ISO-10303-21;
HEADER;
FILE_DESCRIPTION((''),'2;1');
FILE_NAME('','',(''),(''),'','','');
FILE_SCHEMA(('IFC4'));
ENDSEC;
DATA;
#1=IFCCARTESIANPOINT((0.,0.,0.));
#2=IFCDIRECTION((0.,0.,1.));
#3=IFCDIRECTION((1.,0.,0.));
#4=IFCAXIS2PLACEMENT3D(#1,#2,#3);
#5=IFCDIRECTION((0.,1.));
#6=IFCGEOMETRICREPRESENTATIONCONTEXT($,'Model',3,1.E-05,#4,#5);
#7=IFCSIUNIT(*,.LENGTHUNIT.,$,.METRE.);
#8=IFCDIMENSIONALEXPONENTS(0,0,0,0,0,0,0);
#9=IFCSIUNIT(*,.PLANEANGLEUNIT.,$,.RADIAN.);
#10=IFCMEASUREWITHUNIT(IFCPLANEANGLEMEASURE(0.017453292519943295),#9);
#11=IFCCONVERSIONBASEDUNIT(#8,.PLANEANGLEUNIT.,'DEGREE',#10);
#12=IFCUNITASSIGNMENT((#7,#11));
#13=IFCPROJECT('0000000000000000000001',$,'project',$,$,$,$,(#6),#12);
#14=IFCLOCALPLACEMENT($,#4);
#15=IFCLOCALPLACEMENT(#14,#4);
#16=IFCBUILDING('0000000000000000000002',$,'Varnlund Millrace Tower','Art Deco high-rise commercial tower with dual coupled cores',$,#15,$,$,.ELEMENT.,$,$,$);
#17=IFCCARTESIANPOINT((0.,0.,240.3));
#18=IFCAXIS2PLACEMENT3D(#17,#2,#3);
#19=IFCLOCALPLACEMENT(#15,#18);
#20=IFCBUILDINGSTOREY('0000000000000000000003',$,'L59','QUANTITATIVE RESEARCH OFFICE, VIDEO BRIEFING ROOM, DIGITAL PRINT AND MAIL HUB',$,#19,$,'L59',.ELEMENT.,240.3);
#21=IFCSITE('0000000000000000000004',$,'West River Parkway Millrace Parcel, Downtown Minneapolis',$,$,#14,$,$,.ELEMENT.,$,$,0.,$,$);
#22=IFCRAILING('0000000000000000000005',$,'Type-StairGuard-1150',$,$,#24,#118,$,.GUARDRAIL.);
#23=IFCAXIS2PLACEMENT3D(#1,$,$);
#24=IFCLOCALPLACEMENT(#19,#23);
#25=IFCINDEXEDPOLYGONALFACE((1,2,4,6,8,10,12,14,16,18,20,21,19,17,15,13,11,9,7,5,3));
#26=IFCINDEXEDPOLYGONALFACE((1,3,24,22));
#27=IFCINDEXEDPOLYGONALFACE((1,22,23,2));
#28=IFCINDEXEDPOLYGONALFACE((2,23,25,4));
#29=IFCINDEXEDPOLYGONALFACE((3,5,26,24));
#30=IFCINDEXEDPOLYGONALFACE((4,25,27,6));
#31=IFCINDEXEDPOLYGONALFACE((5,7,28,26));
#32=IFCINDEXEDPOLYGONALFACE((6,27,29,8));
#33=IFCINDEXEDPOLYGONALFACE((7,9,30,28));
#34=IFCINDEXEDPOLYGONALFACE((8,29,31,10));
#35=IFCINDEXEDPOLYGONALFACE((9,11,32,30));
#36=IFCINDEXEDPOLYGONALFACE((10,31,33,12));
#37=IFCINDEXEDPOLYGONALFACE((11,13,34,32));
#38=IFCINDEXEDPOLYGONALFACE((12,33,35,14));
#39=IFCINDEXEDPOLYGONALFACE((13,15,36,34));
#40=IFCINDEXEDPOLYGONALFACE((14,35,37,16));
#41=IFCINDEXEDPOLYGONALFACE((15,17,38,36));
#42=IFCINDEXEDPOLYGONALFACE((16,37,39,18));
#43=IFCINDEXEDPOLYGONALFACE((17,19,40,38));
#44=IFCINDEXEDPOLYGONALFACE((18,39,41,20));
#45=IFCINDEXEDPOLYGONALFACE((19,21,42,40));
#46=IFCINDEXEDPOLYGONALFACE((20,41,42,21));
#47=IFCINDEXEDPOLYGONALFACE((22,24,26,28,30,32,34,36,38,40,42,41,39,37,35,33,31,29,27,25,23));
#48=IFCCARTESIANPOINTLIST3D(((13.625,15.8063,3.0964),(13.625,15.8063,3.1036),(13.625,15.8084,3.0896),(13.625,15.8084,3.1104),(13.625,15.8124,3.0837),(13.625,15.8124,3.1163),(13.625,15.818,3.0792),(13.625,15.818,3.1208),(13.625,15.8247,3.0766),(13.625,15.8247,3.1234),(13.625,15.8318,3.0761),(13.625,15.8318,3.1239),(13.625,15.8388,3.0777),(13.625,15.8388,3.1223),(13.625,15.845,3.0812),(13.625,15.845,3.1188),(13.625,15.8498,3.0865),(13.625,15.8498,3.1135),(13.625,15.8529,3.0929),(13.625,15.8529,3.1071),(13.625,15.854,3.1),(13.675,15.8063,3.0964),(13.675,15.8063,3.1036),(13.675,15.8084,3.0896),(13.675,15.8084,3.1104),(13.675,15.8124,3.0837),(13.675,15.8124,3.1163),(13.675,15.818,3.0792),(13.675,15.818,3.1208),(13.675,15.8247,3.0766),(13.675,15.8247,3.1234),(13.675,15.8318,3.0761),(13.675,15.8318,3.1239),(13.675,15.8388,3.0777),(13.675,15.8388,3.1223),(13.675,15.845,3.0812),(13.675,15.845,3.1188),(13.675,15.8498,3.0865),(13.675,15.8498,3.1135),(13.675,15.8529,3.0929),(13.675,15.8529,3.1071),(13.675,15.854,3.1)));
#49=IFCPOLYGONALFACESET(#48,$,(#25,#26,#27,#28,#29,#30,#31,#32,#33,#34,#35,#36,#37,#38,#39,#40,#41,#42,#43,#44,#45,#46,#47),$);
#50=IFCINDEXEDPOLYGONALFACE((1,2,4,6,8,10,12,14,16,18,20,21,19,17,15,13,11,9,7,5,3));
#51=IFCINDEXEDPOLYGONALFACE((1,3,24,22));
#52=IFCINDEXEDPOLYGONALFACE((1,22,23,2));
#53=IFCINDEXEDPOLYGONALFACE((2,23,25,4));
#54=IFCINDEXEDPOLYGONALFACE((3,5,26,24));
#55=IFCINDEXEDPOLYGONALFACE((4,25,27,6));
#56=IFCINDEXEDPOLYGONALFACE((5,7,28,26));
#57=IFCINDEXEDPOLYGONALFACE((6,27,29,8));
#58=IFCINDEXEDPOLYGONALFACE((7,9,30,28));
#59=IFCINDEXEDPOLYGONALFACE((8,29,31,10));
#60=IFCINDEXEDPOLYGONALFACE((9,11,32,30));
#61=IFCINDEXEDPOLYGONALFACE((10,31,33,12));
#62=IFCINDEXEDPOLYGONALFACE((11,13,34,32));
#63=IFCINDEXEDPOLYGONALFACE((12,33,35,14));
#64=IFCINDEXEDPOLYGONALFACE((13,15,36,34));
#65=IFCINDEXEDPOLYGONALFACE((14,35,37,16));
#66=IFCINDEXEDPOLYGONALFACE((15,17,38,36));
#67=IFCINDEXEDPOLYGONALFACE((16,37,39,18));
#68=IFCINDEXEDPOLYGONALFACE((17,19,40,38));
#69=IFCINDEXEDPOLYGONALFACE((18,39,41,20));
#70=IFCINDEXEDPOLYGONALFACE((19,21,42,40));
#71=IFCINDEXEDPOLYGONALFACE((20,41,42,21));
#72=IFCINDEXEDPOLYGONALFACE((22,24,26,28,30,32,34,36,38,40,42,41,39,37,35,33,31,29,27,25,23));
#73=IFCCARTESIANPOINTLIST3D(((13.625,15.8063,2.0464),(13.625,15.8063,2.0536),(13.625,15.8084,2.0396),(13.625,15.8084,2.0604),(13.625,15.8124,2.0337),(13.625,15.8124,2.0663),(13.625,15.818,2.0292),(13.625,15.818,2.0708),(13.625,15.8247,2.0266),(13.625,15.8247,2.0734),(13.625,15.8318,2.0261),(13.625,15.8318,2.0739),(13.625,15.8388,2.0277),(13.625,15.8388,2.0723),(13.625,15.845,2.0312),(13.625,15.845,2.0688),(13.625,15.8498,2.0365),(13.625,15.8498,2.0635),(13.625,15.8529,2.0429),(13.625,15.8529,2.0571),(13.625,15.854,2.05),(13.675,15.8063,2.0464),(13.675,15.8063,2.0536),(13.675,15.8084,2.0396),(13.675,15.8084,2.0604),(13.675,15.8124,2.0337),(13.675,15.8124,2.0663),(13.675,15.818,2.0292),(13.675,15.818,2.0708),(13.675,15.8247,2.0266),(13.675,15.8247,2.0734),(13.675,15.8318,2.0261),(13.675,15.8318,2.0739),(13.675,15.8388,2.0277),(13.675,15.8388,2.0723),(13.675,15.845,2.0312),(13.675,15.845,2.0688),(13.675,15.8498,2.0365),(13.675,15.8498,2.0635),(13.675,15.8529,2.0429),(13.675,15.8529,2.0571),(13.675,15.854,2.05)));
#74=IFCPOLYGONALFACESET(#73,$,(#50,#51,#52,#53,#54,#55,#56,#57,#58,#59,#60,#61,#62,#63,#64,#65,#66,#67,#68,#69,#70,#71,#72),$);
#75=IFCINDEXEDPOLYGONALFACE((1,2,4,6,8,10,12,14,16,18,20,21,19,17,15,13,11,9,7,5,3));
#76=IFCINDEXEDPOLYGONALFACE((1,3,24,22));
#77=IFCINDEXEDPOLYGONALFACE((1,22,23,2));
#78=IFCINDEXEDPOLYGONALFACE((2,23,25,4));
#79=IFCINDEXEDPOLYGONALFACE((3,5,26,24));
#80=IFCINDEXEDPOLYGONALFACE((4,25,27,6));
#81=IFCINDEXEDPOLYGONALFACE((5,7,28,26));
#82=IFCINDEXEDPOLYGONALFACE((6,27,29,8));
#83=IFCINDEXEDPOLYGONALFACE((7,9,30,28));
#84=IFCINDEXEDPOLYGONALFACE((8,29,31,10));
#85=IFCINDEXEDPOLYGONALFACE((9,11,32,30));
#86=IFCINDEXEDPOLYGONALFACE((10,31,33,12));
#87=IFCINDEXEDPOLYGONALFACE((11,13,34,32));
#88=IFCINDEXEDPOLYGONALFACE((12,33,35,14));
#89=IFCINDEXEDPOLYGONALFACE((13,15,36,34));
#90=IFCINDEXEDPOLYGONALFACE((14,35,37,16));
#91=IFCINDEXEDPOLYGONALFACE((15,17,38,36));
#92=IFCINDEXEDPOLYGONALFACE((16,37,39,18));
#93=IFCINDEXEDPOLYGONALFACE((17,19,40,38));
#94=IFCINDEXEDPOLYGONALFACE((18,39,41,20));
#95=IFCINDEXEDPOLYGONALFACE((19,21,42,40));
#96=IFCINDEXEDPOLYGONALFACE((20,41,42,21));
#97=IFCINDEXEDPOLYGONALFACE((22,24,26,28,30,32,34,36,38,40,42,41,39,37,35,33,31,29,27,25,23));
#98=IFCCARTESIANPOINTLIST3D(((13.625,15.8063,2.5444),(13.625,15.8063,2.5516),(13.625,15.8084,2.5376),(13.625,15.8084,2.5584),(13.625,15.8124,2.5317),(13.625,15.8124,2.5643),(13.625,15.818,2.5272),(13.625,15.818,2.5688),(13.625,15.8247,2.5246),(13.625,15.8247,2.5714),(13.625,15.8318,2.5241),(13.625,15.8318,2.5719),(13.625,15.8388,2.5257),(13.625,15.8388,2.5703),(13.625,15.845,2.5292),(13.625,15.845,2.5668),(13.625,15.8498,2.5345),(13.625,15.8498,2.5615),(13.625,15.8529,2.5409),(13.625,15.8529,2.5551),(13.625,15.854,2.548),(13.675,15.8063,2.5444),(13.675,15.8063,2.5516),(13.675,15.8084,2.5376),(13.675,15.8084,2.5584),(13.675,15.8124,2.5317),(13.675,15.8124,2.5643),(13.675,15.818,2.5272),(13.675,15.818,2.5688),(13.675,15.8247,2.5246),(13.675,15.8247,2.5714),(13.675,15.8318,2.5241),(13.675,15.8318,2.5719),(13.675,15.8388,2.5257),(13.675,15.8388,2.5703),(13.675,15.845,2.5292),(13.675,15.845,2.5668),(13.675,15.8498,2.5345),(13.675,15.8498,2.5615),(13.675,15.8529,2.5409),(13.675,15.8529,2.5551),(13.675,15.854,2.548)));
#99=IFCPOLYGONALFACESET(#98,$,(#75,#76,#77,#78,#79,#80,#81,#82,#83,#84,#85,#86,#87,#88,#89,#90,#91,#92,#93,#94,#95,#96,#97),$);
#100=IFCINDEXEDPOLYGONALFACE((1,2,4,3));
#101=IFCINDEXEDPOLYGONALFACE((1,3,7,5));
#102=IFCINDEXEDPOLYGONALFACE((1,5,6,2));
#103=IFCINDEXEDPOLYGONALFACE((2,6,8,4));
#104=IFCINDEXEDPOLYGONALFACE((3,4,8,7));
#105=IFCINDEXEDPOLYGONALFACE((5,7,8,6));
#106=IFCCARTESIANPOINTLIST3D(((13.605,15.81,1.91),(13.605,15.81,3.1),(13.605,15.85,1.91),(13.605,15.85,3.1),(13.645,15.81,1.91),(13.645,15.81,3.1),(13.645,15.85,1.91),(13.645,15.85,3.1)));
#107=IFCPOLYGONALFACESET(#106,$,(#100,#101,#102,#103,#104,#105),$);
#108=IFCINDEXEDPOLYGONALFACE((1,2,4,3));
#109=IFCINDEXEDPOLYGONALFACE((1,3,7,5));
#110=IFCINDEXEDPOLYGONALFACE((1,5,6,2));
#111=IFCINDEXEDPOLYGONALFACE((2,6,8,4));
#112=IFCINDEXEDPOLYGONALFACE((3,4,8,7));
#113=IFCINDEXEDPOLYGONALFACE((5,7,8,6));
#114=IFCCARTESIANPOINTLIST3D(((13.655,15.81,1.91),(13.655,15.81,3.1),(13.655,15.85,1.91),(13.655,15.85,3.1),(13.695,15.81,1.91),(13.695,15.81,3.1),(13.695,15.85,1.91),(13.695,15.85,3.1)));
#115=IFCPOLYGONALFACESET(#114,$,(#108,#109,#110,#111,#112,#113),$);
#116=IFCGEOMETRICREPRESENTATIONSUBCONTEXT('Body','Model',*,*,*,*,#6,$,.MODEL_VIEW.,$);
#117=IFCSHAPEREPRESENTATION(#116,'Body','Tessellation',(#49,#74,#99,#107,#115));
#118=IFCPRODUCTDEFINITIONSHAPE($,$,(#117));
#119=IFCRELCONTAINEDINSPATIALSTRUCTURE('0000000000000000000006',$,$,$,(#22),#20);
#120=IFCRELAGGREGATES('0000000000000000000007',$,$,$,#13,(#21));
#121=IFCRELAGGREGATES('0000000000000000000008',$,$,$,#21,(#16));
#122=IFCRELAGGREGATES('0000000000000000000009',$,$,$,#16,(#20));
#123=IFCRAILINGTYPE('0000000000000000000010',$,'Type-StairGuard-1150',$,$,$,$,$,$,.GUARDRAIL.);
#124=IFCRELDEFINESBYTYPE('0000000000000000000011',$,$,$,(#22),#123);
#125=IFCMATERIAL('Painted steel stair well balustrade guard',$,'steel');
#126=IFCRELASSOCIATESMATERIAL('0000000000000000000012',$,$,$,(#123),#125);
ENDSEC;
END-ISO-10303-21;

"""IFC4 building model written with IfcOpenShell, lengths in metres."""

from ifc_helpers import new_model, entity, si_unit, converted_unit, direction, frame, origin_with_axes, origin_2d_with_axis, place, context, subcontext, project, spatial, rectangle, circle, extrude, material, type_object, element, save


model = new_model("IFC4")

# Units and contexts
model_context = context("Model", 3, precision=1e-05, world=origin_with_axes(), true_north=direction((0.0, 1.0)))
body_context = subcontext(model_context, "Body", "Model", "MODEL_VIEW")
ifc_project = project(units=[si_unit("LENGTHUNIT", "METRE"), converted_unit("PLANEANGLEUNIT", "DEGREE", entity("IfcPlaneAngleMeasure", 0.017453292519943295), si_unit("PLANEANGLEUNIT", "RADIAN"), dimensions=[0, 0, 0, 0, 0, 0, 0])], contexts=[model_context])

# Site, building, storey
site_placement = place(None, origin_with_axes())
site = spatial("IfcSite", under=ifc_project, at=site_placement, Name="West River Parkway Millrace Parcel, Downtown Minneapolis", CompositionType="ELEMENT", RefElevation=0.0)
building_placement = place(site_placement, origin_with_axes())
building = spatial("IfcBuilding", under=site, at=building_placement, Name="Varnlund Millrace Tower", Description="Art Deco high-rise commercial tower with dual coupled cores", CompositionType="ELEMENT")
storey_placement = place(building_placement, frame((0.0, 0.0, 240.3), z_axis=(0.0, 0.0, 1.0), x_axis=(1.0, 0.0, 0.0)))
storey = spatial("IfcBuildingStorey", under=building, at=storey_placement, Name="L59", Description="QUANTITATIVE RESEARCH OFFICE, VIDEO BRIEFING ROOM, DIGITAL PRINT AND MAIL HUB", LongName="L59", CompositionType="ELEMENT", Elevation=240.3)

# Railing
ifc_material_1 = material(Name="Painted steel stair well balustrade guard", Category="steel")
railing_type_1 = type_object("IfcRailingType", Name="Type-StairGuard-1150", PredefinedType="GUARDRAIL", material=ifc_material_1)
railing_1_placement = place(storey_placement, frame((0.0, 0.0, -240.3), z_axis=(0.0, 0.0, 1.0), x_axis=(1.0, 0.0, 0.0)))
element("IfcRailing", 1, at=railing_1_placement, inside=storey, type_object=railing_type_1, Name="Type-StairGuard-1150", PredefinedType="GUARDRAIL", context=body_context, shape_type="SweptSolid", body=[
    extrude(circle(Radius=0.024, at=origin_2d_with_axis()), frame((13.625, 15.83, 243.4), z_axis=(1.0, 0.0, 0.0), x_axis=(0.0, 1.0, 0.0)), (0.0, 0.0, 1.0), 0.05),
    extrude(circle(Radius=0.024, at=origin_2d_with_axis()), frame((13.625, 15.83, 242.35), z_axis=(1.0, 0.0, 0.0), x_axis=(0.0, 1.0, 0.0)), (0.0, 0.0, 1.0), 0.05),
    extrude(circle(Radius=0.024, at=origin_2d_with_axis()), frame((13.625, 15.83, 242.848), z_axis=(1.0, 0.0, 0.0), x_axis=(0.0, 1.0, 0.0)), (0.0, 0.0, 1.0), 0.05),
    extrude(rectangle(XDim=0.04, YDim=0.04, at=origin_2d_with_axis()), frame((13.625, 15.83, 242.21), z_axis=(0.0, 0.0, 1.0), x_axis=(1.0, 0.0, 0.0)), (0.0, 0.0, 1.0), 1.19),
    extrude(rectangle(XDim=0.04, YDim=0.04, at=origin_2d_with_axis()), frame((13.675, 15.83, 242.21), z_axis=(0.0, 0.0, 1.0), x_axis=(1.0, 0.0, 0.0)), (0.0, 0.0, 1.0), 1.19),
])

save(model, "model.ifc")
